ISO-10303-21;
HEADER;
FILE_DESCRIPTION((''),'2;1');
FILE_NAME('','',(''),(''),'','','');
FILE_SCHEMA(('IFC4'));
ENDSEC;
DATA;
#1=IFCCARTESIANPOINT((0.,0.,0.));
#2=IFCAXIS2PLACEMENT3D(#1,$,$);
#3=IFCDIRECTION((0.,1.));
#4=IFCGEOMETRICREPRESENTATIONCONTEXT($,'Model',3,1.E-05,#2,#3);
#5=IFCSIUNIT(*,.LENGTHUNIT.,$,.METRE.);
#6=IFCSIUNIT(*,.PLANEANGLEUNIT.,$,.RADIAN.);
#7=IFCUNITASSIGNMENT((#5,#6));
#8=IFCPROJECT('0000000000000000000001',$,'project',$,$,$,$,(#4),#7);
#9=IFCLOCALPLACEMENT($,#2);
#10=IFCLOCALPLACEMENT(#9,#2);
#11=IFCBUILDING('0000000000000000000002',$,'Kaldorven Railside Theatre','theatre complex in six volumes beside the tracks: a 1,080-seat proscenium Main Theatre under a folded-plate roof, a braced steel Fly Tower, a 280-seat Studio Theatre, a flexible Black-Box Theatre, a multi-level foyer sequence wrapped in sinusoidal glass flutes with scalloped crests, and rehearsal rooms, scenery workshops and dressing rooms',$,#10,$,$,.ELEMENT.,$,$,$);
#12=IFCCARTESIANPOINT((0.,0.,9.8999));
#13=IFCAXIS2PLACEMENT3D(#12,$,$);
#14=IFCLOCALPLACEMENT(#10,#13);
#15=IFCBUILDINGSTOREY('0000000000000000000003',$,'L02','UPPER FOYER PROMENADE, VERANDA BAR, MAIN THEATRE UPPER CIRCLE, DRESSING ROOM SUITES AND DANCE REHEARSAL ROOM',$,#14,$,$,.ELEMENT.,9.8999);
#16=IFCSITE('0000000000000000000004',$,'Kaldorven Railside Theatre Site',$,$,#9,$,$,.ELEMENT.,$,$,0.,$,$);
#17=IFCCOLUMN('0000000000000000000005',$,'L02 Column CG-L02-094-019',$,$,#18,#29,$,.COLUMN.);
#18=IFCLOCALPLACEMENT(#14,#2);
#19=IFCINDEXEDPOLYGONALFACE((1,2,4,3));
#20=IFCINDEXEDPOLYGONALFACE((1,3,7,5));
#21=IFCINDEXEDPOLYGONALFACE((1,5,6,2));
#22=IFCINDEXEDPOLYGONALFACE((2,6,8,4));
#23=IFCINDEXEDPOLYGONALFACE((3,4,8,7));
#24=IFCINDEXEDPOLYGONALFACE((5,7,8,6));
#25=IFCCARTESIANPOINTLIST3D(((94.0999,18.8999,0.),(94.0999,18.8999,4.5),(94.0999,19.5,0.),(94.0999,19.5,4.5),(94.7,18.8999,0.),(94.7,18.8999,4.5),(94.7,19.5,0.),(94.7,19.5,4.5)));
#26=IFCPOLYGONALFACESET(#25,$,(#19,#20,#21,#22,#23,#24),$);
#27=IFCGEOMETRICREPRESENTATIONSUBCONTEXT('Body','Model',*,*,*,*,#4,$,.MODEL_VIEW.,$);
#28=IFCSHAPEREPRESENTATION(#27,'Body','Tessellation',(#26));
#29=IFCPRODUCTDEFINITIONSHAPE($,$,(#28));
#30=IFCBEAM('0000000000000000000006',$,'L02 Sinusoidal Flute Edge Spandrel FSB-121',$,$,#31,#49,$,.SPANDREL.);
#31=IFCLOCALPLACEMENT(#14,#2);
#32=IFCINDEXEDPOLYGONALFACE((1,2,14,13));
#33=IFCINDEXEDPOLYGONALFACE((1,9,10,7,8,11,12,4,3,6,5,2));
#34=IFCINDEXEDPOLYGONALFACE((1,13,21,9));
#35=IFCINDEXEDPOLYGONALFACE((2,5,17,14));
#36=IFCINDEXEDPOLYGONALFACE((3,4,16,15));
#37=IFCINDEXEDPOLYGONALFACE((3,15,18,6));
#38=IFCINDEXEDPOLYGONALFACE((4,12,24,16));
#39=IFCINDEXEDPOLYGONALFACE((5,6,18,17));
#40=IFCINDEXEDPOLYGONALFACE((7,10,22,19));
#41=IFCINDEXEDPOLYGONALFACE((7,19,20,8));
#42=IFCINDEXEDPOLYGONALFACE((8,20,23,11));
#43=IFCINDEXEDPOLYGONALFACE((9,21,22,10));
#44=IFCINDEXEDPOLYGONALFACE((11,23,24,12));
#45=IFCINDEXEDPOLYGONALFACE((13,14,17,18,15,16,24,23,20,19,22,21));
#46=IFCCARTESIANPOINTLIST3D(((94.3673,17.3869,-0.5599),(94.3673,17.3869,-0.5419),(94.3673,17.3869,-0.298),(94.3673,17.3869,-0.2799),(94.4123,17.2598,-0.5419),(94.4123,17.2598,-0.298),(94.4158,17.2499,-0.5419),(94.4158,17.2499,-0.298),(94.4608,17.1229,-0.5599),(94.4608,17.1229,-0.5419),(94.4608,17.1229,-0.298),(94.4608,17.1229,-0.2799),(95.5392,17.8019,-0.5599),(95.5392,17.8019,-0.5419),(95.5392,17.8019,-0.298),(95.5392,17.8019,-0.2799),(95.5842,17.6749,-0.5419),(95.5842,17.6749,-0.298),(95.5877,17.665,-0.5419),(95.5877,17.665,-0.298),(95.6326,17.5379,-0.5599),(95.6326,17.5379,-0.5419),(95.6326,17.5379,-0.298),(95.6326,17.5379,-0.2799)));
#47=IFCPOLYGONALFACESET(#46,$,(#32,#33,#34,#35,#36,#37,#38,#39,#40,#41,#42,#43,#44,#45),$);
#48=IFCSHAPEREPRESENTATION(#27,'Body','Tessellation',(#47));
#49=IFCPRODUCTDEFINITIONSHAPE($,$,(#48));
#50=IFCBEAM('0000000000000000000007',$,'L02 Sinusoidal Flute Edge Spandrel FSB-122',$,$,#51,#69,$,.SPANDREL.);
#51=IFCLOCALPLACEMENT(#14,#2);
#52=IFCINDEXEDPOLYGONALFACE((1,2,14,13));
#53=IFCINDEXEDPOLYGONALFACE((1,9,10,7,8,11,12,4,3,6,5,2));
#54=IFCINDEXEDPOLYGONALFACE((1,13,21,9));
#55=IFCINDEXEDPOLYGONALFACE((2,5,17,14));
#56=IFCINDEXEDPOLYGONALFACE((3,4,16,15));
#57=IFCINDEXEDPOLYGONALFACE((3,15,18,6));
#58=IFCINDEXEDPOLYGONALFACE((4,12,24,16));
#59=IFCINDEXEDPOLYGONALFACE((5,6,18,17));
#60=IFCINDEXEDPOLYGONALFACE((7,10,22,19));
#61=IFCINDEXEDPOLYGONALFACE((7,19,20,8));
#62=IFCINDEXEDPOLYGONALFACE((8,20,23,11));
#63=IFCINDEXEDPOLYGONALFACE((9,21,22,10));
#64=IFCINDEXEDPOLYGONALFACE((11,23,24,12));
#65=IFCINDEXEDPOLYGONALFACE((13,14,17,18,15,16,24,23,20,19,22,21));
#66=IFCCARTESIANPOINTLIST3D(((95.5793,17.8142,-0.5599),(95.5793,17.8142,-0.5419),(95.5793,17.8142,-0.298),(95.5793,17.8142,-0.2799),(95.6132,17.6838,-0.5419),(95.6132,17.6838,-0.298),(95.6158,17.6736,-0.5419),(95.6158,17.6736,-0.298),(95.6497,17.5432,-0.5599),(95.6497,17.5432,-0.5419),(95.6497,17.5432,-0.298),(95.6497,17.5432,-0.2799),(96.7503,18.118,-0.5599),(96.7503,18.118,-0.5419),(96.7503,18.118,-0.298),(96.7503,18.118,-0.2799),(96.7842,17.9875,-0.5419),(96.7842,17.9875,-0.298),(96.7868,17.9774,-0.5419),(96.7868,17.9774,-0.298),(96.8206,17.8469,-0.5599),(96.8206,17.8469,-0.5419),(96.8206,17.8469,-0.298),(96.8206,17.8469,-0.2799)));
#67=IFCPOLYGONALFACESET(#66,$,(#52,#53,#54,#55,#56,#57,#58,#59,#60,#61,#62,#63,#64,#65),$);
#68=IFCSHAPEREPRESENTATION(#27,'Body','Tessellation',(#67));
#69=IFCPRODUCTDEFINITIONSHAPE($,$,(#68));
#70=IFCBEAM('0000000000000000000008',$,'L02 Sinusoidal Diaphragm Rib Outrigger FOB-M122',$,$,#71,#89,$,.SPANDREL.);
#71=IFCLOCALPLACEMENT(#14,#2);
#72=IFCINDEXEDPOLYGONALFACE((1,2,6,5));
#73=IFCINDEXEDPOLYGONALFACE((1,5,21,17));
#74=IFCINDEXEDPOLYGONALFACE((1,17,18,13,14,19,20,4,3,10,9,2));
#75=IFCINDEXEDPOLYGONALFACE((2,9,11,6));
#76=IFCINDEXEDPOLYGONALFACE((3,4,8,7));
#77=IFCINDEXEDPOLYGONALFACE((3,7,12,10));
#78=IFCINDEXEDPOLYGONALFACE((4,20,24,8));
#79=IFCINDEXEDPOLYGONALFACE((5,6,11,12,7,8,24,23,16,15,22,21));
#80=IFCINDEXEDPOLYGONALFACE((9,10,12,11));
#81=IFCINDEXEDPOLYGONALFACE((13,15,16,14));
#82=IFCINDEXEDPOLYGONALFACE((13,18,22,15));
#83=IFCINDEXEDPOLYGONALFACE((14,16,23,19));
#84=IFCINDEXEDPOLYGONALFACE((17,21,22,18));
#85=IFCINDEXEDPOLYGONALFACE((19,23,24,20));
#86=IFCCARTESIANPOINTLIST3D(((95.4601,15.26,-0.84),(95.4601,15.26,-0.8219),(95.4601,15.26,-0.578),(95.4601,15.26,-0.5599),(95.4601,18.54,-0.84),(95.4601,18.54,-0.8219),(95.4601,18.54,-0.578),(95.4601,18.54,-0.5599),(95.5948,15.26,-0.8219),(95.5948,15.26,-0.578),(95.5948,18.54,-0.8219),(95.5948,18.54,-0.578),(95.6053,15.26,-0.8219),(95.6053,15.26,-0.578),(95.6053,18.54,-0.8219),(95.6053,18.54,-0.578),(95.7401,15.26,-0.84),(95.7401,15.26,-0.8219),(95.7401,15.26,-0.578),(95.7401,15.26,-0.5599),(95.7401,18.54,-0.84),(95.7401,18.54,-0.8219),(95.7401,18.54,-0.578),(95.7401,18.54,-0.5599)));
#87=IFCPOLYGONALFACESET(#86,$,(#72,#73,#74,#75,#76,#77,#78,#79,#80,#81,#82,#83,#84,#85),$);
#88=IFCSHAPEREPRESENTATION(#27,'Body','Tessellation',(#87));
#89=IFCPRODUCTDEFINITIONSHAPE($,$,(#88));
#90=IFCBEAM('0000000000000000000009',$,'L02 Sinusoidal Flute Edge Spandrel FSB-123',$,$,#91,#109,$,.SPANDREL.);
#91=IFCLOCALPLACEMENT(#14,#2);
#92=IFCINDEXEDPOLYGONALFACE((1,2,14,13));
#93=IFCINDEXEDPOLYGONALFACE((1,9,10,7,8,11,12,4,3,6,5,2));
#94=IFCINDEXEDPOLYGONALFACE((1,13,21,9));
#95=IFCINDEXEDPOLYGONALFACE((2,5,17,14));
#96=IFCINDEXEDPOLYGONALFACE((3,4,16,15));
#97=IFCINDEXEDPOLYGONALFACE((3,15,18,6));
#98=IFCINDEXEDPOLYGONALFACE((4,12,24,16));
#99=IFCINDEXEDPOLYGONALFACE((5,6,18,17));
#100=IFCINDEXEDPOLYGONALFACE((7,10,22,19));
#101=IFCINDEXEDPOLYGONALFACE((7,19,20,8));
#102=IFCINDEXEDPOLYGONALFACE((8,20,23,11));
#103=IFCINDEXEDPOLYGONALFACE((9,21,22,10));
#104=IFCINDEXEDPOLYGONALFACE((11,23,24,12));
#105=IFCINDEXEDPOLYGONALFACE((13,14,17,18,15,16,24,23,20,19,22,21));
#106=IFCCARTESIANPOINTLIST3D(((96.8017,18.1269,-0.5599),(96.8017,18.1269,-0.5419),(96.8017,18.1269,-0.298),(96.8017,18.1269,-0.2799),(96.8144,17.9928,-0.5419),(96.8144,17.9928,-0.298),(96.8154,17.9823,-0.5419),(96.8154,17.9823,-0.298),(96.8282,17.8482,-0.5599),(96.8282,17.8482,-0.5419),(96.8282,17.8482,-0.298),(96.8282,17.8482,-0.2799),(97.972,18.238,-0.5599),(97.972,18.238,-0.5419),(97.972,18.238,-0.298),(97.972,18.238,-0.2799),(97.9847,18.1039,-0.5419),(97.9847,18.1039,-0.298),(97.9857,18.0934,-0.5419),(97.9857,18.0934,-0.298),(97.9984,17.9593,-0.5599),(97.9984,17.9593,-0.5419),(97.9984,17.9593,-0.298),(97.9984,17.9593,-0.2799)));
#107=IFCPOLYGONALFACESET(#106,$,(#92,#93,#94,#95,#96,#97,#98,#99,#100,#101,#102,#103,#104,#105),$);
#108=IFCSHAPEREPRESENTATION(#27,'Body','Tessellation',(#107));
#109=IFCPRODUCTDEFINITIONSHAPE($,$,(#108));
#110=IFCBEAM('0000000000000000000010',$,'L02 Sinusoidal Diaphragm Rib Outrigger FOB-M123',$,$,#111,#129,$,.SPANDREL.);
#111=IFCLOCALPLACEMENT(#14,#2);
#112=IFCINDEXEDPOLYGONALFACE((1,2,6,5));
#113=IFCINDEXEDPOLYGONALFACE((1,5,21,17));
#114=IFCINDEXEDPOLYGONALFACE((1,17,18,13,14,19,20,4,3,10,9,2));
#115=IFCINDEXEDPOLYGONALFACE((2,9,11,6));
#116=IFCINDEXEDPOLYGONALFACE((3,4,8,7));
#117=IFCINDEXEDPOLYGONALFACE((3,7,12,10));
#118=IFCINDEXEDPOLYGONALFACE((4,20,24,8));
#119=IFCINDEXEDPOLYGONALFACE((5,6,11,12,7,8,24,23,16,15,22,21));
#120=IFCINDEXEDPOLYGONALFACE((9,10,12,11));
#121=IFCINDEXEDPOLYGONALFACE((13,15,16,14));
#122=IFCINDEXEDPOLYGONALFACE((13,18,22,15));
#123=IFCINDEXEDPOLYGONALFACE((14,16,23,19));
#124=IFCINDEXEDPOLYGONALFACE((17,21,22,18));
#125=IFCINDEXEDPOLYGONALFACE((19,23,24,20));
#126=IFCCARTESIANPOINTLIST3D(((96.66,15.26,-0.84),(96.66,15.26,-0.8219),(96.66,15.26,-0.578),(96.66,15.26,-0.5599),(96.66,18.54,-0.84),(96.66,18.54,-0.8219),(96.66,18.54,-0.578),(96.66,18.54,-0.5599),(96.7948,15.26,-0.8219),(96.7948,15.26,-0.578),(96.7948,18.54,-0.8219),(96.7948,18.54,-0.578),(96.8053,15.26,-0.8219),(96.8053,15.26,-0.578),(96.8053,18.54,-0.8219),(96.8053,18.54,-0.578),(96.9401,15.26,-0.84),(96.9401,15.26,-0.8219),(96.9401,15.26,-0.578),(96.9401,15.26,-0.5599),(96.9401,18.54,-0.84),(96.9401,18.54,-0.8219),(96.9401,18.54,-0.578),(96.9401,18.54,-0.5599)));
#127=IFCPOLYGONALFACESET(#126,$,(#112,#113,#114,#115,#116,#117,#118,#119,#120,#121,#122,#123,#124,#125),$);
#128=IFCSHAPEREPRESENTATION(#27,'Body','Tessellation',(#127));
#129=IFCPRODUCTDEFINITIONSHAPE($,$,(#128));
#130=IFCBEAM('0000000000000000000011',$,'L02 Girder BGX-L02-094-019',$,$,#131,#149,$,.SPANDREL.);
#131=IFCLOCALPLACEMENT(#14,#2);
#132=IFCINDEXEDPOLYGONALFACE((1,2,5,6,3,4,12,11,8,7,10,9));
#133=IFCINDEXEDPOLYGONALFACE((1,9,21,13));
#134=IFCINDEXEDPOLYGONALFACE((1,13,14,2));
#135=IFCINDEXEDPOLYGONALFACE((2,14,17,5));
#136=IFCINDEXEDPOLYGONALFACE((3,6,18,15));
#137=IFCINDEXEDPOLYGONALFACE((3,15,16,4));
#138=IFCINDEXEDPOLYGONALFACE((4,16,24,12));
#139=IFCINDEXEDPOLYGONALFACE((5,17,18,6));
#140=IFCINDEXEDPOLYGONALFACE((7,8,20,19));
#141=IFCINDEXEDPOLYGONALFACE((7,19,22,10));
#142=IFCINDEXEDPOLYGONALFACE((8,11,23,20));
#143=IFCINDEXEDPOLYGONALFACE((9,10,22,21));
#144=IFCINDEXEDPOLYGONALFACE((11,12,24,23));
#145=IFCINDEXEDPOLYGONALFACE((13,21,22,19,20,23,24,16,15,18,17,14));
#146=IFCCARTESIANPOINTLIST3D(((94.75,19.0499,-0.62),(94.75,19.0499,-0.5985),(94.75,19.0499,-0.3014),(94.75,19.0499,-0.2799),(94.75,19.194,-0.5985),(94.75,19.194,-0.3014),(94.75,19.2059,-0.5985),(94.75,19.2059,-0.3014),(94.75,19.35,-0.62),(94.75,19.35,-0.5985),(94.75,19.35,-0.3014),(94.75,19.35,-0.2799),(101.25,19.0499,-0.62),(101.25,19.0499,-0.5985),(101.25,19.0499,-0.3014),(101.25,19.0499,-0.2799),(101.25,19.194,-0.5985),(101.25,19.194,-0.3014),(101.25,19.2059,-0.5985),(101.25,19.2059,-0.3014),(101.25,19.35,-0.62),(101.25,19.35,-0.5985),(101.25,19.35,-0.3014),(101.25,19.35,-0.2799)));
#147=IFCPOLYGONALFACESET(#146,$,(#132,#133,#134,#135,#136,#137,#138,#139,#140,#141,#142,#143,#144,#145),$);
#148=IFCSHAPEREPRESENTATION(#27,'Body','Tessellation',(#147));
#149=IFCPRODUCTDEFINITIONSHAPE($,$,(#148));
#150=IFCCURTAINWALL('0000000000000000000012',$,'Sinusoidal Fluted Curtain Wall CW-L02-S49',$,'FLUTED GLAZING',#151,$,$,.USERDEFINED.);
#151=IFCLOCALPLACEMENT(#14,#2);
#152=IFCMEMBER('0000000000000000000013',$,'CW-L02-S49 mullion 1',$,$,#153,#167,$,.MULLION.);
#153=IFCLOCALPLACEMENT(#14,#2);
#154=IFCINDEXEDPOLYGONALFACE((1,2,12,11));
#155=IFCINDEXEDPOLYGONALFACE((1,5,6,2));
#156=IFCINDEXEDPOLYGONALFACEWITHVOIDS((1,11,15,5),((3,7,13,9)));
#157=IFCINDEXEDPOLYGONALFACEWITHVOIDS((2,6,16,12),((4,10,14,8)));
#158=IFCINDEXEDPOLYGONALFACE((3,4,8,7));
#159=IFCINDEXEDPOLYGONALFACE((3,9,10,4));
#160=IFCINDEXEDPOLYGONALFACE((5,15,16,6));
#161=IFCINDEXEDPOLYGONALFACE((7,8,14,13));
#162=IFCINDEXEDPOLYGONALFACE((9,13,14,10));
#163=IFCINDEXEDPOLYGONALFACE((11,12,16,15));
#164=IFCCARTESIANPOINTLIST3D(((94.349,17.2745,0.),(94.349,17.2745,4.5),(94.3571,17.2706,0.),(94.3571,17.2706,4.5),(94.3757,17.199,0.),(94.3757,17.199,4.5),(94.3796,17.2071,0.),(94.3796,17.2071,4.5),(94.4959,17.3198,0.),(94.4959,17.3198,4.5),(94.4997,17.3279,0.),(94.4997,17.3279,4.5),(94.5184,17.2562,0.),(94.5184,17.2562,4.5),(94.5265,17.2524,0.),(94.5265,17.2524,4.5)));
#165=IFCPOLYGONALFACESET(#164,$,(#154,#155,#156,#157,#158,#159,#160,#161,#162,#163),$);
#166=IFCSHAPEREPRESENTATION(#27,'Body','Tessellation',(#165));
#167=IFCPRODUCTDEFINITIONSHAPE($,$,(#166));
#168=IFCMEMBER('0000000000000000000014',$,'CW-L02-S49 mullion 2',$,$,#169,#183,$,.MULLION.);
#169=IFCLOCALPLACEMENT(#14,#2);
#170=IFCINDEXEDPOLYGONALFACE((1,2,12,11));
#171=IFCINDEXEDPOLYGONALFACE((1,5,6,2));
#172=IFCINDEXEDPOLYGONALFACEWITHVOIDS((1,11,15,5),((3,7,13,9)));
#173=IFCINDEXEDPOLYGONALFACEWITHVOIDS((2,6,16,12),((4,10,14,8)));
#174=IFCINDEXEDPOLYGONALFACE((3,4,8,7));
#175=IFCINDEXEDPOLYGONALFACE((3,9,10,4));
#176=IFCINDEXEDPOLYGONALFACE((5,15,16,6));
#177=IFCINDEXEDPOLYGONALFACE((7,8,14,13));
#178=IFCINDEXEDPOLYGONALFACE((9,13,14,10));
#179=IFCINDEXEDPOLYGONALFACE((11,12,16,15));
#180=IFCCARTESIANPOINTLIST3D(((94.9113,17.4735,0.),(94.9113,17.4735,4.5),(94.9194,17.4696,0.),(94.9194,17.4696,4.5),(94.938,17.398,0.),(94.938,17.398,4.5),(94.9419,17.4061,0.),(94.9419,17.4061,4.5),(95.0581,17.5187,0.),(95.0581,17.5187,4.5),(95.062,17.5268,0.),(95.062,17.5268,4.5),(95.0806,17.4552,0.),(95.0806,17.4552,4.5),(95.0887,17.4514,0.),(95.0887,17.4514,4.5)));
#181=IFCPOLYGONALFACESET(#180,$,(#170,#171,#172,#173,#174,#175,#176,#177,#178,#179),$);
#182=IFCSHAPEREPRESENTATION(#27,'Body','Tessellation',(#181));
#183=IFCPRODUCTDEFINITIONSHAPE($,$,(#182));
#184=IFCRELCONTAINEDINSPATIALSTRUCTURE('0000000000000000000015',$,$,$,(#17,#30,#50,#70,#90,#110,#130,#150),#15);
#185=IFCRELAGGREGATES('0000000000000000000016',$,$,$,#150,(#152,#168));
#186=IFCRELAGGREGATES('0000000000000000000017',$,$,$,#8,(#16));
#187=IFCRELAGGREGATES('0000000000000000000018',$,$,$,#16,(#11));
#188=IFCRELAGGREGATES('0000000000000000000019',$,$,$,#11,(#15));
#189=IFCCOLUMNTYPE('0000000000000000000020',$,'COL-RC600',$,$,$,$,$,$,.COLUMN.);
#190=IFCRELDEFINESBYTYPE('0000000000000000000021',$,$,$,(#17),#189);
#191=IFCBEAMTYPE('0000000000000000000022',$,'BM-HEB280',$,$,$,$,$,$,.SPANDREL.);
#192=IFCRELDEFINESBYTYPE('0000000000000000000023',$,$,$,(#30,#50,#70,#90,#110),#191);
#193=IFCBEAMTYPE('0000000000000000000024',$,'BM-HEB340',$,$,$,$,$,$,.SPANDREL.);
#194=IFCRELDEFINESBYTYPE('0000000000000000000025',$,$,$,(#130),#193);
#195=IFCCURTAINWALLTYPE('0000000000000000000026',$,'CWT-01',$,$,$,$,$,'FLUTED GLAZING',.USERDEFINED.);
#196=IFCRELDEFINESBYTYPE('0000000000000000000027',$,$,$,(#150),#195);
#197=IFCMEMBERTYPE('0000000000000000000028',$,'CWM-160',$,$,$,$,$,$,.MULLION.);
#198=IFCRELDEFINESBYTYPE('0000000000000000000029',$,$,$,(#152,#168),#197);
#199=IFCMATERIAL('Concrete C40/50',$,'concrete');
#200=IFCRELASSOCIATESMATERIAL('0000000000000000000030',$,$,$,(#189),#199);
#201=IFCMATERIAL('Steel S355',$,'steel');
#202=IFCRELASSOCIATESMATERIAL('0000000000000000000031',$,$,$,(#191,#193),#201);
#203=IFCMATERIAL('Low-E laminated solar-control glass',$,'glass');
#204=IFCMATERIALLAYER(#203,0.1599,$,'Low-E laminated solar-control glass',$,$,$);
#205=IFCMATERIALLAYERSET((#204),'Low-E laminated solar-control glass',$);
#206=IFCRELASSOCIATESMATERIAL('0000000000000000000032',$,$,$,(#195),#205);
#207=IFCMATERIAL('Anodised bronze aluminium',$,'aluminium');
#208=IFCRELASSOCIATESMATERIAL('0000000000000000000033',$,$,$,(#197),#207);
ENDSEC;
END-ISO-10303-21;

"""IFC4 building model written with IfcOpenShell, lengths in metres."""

from ifc_helpers import new_model, si_unit, direction, frame, origin, origin_2d, place, context, subcontext, project, spatial, rectangle, hollow_rectangle, i_section, extrude, material, layer, layer_set, material_profile, profile_set, type_object, element, aggregate, save


model = new_model("IFC4")

# Units and contexts
model_context = context("Model", 3, precision=1e-05, world=origin(), true_north=direction((0.0, 1.0)))
body_context = subcontext(model_context, "Body", "Model", "MODEL_VIEW")
ifc_project = project(units=[si_unit("LENGTHUNIT", "METRE"), si_unit("PLANEANGLEUNIT", "RADIAN")], contexts=[model_context])

# Site, building, storey
site_placement = place(None, origin())
site = spatial("IfcSite", under=ifc_project, at=site_placement, Name="Kaldorven Railside Theatre Site", CompositionType="ELEMENT", RefElevation=0.0)
building_placement = place(site_placement, origin())
building = spatial("IfcBuilding", under=site, at=building_placement, Name="Kaldorven Railside Theatre", Description="theatre complex in six volumes beside the tracks: a 1,080-seat proscenium Main Theatre under a folded-plate roof, a braced steel Fly Tower, a 280-seat Studio Theatre, a flexible Black-Box Theatre, a multi-level foyer sequence wrapped in sinusoidal glass flutes with scalloped crests, and rehearsal rooms, scenery workshops and dressing rooms", CompositionType="ELEMENT")
storey_placement = place(building_placement, frame((0.0, 0.0, 9.8999)))
storey = spatial("IfcBuildingStorey", under=building, at=storey_placement, Name="L02", Description="UPPER FOYER PROMENADE, VERANDA BAR, MAIN THEATRE UPPER CIRCLE, DRESSING ROOM SUITES AND DANCE REHEARSAL ROOM", CompositionType="ELEMENT", Elevation=9.8999)

# Column
ifc_material_1 = material(Name="Concrete C40/50", Category="concrete")
ifc_material_profile_1 = material_profile(ifc_material_1, rectangle(XDim=0.6001, YDim=0.6001, at=origin_2d()), Name="RC 600x600")
ifc_profile_set_1 = profile_set([ifc_material_profile_1], Name="Concrete C40/50")
column_type = type_object("IfcColumnType", Name="COL-RC600", PredefinedType="COLUMN", material=ifc_profile_set_1)
column_placement = place(storey_placement, frame((94.3999, 19.2, 0.0), z_axis=(0.0, 0.0, 1.0), x_axis=(0.0, 1.0, 0.0)))
element("IfcColumn", 1, at=column_placement, inside=storey, type_object=column_type, Name="L02 Column CG-L02-094-019", PredefinedType="COLUMN", context=body_context, shape_type="SweptSolid", body=[
    extrude(rectangle(XDim=0.6001, YDim=0.6001, at=origin_2d()), origin(), (0.0, 0.0, 1.0), 4.5),
])

# Beams
ifc_material_2 = material(Name="Steel S355", Category="steel")
ifc_material_profile_2 = material_profile(ifc_material_2, i_section(OverallWidth=0.28, OverallDepth=0.28, WebThickness=0.0105, FlangeThickness=0.0181, at=origin_2d()), Name="HEB 280")
ifc_profile_set_2 = profile_set([ifc_material_profile_2], Name="Steel S355")
beam_type_1 = type_object("IfcBeamType", Name="BM-HEB280", PredefinedType="SPANDREL", material=ifc_profile_set_2)
beam_1_placement = place(storey_placement, frame((94.4141, 17.2549, -0.4199), z_axis=(0.942627, 0.333847, 0.0), x_axis=(-0.333847, 0.942627, 0.0)))
element("IfcBeam", 2, at=beam_1_placement, inside=storey, type_object=beam_type_1, Name="L02 Sinusoidal Flute Edge Spandrel FSB-121", PredefinedType="SPANDREL", context=body_context, shape_type="SweptSolid", body=[
    extrude(i_section(OverallWidth=0.28, OverallDepth=0.28, WebThickness=0.0105, FlangeThickness=0.0181, at=origin_2d()), origin(), (0.0, 0.0, 1.0), 1.2432),
])
beam_2_placement = place(storey_placement, frame((95.6145, 17.6787, -0.4199), z_axis=(0.967968, 0.251074, 0.0), x_axis=(-0.251074, 0.967968, 0.0)))
element("IfcBeam", 3, at=beam_2_placement, inside=storey, type_object=beam_type_1, Name="L02 Sinusoidal Flute Edge Spandrel FSB-122", PredefinedType="SPANDREL", context=body_context, shape_type="SweptSolid", body=[
    extrude(i_section(OverallWidth=0.28, OverallDepth=0.28, WebThickness=0.0105, FlangeThickness=0.0181, at=origin_2d()), origin(), (0.0, 0.0, 1.0), 1.2097),
])
beam_3_placement = place(storey_placement, frame((95.6001, 15.26, -0.7), z_axis=(0.0, 1.0, 0.0), x_axis=(-1.0, 0.0, 0.0)))
element("IfcBeam", 4, at=beam_3_placement, inside=storey, type_object=beam_type_1, Name="L02 Sinusoidal Diaphragm Rib Outrigger FOB-M122", PredefinedType="SPANDREL", context=body_context, shape_type="SweptSolid", body=[
    extrude(i_section(OverallWidth=0.28, OverallDepth=0.28, WebThickness=0.0105, FlangeThickness=0.0181, at=origin_2d()), origin(), (0.0, 0.0, 1.0), 3.28),
])
beam_4_placement = place(storey_placement, frame((96.8149, 17.9875, -0.4199), z_axis=(0.995524, 0.094505, 0.0), x_axis=(-0.094505, 0.995524, 0.0)))
element("IfcBeam", 5, at=beam_4_placement, inside=storey, type_object=beam_type_1, Name="L02 Sinusoidal Flute Edge Spandrel FSB-123", PredefinedType="SPANDREL", context=body_context, shape_type="SweptSolid", body=[
    extrude(i_section(OverallWidth=0.28, OverallDepth=0.28, WebThickness=0.0105, FlangeThickness=0.0181, at=origin_2d()), origin(), (0.0, 0.0, 1.0), 1.1755),
])
beam_5_placement = place(storey_placement, frame((96.8, 15.26, -0.7), z_axis=(0.0, 1.0, 0.0), x_axis=(-1.0, 0.0, 0.0)))
element("IfcBeam", 6, at=beam_5_placement, inside=storey, type_object=beam_type_1, Name="L02 Sinusoidal Diaphragm Rib Outrigger FOB-M123", PredefinedType="SPANDREL", context=body_context, shape_type="SweptSolid", body=[
    extrude(i_section(OverallWidth=0.28, OverallDepth=0.28, WebThickness=0.0105, FlangeThickness=0.0181, at=origin_2d()), origin(), (0.0, 0.0, 1.0), 3.28),
])
ifc_material_profile_3 = material_profile(ifc_material_2, i_section(OverallWidth=0.3, OverallDepth=0.3401, WebThickness=0.012, FlangeThickness=0.0215, at=origin_2d()), Name="HEB 340")
ifc_profile_set_3 = profile_set([ifc_material_profile_3], Name="Steel S355")
beam_type_2 = type_object("IfcBeamType", Name="BM-HEB340", PredefinedType="SPANDREL", material=ifc_profile_set_3)
beam_6_placement = place(storey_placement, frame((94.75, 19.2, -0.45), z_axis=(1.0, 0.0, 0.0), x_axis=(0.0, 1.0, 0.0)))
element("IfcBeam", 7, at=beam_6_placement, inside=storey, type_object=beam_type_2, Name="L02 Girder BGX-L02-094-019", PredefinedType="SPANDREL", context=body_context, shape_type="SweptSolid", body=[
    extrude(i_section(OverallWidth=0.3, OverallDepth=0.3401, WebThickness=0.012, FlangeThickness=0.0215, at=origin_2d()), origin(), (0.0, 0.0, 1.0), 6.5),
])

# Curtain wall, members
ifc_material_3 = material(Name="Low-E laminated solar-control glass", Category="glass")
ifc_layer_1 = layer(ifc_material_3, 0.1599, Name="Low-E laminated solar-control glass")
ifc_layer_set_1 = layer_set([ifc_layer_1], Name="Low-E laminated solar-control glass")
curtain_wall_type_1 = type_object("IfcCurtainWallType", Name="CWT-01", ElementType="FLUTED GLAZING", PredefinedType="USERDEFINED", material=ifc_layer_set_1)
curtain_wall_1_placement = place(storey_placement, origin())
curtain_wall_1 = element("IfcCurtainWall", 8, at=curtain_wall_1_placement, inside=storey, type_object=curtain_wall_type_1, Name="Sinusoidal Fluted Curtain Wall CW-L02-S49", ObjectType="FLUTED GLAZING", PredefinedType="USERDEFINED")
ifc_material_4 = material(Name="Anodised bronze aluminium", Category="aluminium")
ifc_material_profile_4 = material_profile(ifc_material_4, hollow_rectangle(XDim=0.0801, YDim=0.1599, WallThickness=0.0063, at=origin_2d()), Name="RHS 160x80x6.3")
ifc_profile_set_4 = profile_set([ifc_material_profile_4], Name="Anodised bronze aluminium")
member_type_1 = type_object("IfcMemberType", Name="CWM-160", PredefinedType="MULLION", material=ifc_profile_set_4)
member_1_placement = place(storey_placement, frame((94.4377, 17.2634, 0.0), z_axis=(0.0, 0.0, 1.0), x_axis=(-0.333847, 0.942627, 0.0)))
member_1 = element("IfcMember", 9, at=member_1_placement, type_object=member_type_1, Name="CW-L02-S49 mullion 1", PredefinedType="MULLION", context=body_context, shape_type="SweptSolid", body=[
    extrude(hollow_rectangle(XDim=0.0801, YDim=0.1599, WallThickness=0.0063, at=origin_2d()), origin(), (0.0, 0.0, 1.0), 4.5),
])
member_2_placement = place(storey_placement, frame((95.0, 17.4624, 0.0), z_axis=(0.0, 0.0, 1.0), x_axis=(-0.333847, 0.942627, 0.0)))
member_2 = element("IfcMember", 10, at=member_2_placement, type_object=member_type_1, Name="CW-L02-S49 mullion 2", PredefinedType="MULLION", context=body_context, shape_type="SweptSolid", body=[
    extrude(hollow_rectangle(XDim=0.0801, YDim=0.1599, WallThickness=0.0063, at=origin_2d()), origin(), (0.0, 0.0, 1.0), 4.5),
])

aggregate(curtain_wall_1, [member_1, member_2])

save(model, "model.ifc")
